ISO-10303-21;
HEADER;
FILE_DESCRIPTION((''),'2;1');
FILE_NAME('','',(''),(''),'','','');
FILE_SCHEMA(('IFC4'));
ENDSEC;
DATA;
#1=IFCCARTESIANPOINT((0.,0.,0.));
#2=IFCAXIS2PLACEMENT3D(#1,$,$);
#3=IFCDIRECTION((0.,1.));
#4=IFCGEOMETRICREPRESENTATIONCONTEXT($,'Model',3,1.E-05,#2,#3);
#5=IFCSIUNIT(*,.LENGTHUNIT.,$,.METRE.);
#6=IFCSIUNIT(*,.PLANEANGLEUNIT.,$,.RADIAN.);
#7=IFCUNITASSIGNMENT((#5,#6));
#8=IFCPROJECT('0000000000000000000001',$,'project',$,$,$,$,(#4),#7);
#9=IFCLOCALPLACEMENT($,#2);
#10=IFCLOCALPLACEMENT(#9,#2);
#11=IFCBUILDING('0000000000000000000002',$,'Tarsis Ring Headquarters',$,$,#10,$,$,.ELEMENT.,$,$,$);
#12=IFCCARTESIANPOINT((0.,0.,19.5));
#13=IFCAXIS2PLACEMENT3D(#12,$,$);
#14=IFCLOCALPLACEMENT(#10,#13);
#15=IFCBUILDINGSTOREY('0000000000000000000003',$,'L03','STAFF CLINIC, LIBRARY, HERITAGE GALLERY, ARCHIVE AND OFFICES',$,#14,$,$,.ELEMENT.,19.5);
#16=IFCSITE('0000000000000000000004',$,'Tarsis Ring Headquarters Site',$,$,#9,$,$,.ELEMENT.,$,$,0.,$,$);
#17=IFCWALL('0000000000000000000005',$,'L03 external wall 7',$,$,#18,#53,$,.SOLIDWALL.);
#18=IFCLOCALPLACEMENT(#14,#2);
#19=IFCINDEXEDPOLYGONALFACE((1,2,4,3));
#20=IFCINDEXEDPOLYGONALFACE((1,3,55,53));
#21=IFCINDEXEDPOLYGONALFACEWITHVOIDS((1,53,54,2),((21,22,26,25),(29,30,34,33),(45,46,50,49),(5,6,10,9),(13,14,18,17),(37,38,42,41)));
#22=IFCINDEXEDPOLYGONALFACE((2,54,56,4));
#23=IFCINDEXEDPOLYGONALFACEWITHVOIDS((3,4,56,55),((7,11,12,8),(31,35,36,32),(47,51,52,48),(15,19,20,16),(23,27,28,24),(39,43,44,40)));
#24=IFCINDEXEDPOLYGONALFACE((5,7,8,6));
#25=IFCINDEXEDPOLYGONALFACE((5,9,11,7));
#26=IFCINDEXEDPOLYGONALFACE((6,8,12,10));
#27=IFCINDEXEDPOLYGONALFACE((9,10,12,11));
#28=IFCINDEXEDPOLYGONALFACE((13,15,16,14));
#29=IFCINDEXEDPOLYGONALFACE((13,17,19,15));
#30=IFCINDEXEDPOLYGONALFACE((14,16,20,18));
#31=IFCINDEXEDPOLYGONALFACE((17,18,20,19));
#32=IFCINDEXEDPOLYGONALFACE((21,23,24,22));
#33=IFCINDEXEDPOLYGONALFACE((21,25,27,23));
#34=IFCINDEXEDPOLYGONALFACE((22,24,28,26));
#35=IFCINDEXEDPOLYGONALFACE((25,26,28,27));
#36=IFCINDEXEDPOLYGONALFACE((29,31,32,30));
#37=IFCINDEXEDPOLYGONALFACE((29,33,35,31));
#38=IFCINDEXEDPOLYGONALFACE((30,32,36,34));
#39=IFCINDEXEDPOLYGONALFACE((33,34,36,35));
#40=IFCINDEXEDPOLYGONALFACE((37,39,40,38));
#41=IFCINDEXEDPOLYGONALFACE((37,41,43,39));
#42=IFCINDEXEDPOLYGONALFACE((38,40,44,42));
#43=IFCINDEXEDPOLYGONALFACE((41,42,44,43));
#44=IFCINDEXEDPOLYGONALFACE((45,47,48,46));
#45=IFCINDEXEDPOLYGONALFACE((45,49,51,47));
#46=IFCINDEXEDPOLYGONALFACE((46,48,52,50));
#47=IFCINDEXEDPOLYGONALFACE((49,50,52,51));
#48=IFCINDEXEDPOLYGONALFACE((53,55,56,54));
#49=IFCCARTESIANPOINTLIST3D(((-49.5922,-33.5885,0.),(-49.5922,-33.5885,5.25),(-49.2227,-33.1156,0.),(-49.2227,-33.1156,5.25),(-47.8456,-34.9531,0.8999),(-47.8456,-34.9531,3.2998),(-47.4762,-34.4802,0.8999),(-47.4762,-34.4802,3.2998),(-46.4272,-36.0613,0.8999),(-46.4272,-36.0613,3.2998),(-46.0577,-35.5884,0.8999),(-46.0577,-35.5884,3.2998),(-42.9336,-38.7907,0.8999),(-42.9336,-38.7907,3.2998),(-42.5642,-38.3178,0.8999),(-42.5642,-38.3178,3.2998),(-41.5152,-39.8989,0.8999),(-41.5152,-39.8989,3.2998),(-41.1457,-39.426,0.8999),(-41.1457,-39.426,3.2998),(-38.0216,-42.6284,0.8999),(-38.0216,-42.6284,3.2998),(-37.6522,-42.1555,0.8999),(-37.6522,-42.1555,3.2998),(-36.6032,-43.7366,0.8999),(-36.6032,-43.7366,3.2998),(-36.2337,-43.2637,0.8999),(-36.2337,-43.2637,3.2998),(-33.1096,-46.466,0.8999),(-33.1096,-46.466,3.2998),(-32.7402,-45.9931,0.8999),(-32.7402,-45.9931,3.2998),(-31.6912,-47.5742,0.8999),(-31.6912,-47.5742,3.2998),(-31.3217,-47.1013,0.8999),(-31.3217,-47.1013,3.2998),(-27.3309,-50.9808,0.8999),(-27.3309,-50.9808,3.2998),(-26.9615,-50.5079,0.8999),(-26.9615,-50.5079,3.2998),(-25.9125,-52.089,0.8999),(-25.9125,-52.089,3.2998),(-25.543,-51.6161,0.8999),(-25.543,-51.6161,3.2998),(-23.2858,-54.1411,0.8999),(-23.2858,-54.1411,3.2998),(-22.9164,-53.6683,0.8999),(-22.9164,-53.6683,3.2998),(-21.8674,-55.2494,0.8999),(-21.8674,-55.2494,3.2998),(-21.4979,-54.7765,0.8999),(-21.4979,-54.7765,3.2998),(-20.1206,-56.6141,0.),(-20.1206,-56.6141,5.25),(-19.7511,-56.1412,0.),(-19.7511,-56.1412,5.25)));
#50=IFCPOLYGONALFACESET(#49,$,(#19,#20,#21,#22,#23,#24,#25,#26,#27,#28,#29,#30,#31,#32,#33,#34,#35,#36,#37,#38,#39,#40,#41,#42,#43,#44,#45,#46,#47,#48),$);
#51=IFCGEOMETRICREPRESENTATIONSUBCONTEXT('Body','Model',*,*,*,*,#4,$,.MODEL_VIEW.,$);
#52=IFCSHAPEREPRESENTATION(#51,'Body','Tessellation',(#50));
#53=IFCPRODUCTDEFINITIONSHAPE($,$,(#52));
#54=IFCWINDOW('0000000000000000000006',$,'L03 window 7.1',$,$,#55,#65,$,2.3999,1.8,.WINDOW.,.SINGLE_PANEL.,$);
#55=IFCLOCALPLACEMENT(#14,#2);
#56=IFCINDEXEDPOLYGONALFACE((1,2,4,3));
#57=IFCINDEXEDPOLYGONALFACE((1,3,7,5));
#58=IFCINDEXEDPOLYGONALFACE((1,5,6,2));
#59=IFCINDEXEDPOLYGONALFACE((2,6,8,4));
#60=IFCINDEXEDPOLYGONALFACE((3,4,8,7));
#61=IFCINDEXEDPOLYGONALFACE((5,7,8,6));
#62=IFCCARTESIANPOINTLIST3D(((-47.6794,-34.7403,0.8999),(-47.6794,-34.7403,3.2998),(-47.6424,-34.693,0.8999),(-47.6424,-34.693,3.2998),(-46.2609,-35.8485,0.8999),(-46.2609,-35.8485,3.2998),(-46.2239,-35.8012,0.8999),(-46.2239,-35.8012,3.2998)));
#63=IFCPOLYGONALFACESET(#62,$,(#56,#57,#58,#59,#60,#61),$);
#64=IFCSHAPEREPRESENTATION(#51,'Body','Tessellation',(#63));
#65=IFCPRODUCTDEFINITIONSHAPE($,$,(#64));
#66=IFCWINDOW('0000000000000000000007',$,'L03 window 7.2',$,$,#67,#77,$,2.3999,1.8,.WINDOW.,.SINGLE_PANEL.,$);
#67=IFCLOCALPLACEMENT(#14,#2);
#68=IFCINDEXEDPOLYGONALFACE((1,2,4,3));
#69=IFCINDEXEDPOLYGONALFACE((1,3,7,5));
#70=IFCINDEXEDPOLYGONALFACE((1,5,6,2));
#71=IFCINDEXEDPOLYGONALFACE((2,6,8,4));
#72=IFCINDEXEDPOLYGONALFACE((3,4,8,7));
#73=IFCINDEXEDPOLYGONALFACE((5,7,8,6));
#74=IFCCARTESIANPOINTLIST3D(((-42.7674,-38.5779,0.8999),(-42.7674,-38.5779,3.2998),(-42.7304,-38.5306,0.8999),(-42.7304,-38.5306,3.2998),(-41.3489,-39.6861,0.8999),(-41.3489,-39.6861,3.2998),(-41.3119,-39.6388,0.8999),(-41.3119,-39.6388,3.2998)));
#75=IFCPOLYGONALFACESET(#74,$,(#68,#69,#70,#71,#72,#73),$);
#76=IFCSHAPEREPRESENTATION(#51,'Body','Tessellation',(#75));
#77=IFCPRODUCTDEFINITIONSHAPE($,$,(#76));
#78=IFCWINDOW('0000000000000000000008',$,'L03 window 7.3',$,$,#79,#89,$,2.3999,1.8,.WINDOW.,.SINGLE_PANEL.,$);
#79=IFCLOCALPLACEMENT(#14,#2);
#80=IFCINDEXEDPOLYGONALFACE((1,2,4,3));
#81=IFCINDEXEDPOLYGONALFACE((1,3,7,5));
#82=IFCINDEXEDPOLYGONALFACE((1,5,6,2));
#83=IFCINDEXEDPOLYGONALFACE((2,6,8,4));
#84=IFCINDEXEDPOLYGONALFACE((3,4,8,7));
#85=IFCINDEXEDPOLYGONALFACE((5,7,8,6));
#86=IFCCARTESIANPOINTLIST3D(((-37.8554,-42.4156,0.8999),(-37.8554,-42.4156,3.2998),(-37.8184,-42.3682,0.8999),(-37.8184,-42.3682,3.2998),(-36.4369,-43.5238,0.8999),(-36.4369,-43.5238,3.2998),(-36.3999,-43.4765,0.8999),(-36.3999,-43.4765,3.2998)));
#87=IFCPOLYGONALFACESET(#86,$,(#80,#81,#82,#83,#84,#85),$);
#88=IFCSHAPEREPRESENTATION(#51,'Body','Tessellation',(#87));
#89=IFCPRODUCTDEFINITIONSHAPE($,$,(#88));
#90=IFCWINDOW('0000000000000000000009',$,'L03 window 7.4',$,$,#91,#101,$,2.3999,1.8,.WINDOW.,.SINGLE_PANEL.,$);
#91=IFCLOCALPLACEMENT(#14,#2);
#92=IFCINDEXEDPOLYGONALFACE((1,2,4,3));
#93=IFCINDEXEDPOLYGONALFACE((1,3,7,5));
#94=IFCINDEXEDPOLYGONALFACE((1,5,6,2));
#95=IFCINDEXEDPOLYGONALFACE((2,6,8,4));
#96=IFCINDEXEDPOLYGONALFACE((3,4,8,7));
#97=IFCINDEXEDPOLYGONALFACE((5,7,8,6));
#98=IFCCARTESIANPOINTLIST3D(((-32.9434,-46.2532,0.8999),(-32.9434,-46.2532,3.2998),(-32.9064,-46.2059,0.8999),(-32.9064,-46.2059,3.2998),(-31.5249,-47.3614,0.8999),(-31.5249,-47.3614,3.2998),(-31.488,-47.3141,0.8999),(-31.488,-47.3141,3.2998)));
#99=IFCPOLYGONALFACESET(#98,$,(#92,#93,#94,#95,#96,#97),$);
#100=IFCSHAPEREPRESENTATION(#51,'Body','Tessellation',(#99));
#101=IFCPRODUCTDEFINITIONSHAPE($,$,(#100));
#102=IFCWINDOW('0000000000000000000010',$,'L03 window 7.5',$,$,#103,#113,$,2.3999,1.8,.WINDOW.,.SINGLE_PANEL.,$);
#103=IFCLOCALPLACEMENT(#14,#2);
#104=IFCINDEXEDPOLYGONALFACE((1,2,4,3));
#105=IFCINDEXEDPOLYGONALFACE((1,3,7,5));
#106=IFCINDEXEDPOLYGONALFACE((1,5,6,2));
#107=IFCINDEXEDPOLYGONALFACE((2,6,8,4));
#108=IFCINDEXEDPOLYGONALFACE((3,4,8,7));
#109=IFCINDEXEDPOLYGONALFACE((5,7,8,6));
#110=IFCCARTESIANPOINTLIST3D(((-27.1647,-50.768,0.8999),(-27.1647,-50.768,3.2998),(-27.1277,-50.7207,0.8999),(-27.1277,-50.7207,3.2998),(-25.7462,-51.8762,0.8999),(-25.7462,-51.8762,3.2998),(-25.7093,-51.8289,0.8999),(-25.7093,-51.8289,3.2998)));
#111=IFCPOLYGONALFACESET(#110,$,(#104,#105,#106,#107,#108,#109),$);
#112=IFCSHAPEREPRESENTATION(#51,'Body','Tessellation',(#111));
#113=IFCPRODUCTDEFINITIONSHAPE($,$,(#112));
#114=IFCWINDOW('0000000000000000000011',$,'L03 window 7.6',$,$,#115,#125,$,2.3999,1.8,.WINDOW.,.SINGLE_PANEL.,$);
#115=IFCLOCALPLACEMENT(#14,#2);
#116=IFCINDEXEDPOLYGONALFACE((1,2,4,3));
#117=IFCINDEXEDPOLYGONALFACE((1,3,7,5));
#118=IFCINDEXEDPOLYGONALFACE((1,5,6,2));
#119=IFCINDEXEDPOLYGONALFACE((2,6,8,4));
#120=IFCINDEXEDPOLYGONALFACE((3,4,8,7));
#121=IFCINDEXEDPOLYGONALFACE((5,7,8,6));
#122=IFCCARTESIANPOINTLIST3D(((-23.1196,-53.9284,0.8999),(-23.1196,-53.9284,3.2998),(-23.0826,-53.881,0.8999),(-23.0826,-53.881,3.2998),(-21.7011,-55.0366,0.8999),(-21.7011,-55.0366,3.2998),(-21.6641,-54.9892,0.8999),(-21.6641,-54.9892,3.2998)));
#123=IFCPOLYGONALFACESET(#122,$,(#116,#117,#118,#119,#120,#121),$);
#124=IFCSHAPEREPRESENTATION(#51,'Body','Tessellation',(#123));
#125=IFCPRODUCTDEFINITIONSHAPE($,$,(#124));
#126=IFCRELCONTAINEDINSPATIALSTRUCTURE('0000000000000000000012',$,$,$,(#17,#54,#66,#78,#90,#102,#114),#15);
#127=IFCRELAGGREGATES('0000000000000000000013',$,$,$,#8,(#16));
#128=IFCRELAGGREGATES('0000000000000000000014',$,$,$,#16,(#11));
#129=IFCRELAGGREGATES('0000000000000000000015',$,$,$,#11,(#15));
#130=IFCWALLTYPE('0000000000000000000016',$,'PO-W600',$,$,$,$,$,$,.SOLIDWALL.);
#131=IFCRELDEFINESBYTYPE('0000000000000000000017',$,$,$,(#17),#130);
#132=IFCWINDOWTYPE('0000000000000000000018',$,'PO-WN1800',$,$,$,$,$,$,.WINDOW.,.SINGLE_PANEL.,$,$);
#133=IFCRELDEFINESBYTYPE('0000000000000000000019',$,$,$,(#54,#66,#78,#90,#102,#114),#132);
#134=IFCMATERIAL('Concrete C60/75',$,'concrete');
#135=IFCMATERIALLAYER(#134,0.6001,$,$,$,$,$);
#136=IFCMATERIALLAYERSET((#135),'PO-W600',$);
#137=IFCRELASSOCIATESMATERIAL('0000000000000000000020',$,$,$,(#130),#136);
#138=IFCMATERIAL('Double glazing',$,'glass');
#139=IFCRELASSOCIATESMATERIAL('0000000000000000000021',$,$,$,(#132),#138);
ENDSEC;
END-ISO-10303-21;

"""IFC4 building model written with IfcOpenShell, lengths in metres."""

from ifc_helpers import new_model, si_unit, direction, frame, frame_2d, origin, place, context, subcontext, project, spatial, rectangle, extrude, material, layer, layer_set, type_object, element, fill, save


model = new_model("IFC4")

# Units and contexts
model_context = context("Model", 3, precision=1e-05, world=origin(), true_north=direction((0.0, 1.0)))
body_context = subcontext(model_context, "Body", "Model", "MODEL_VIEW")
ifc_project = project(units=[si_unit("LENGTHUNIT", "METRE"), si_unit("PLANEANGLEUNIT", "RADIAN")], contexts=[model_context])

# Site, building, storey
site_placement = place(None, origin())
site = spatial("IfcSite", under=ifc_project, at=site_placement, Name="Tarsis Ring Headquarters Site", CompositionType="ELEMENT", RefElevation=0.0)
building_placement = place(site_placement, origin())
building = spatial("IfcBuilding", under=site, at=building_placement, Name="Tarsis Ring Headquarters", CompositionType="ELEMENT")
storey_placement = place(building_placement, frame((0.0, 0.0, 19.5)))
storey = spatial("IfcBuildingStorey", under=building, at=storey_placement, Name="L03", Description="STAFF CLINIC, LIBRARY, HERITAGE GALLERY, ARCHIVE AND OFFICES", CompositionType="ELEMENT", Elevation=19.5)

# Shared definitions
ifc_material_1 = material(Name="Concrete C60/75", Category="concrete")

# Wall, openings, windows
ifc_layer_1 = layer(ifc_material_1, 0.6001)
ifc_layer_set_1 = layer_set([ifc_layer_1], Name="PO-W600")
wall_type_1 = type_object("IfcWallType", Name="PO-W600", PredefinedType="SOLIDWALL", material=ifc_layer_set_1)
wall_1_placement = place(storey_placement, frame((-49.4075, -33.3521, 0.0), z_axis=(0.0, 0.0, 1.0), x_axis=(0.788013, -0.615659, 0.0)))
wall_1 = element("IfcWall", 1, at=wall_1_placement, inside=storey, type_object=wall_type_1, Name="L03 external wall 7", PredefinedType="SOLIDWALL", context=body_context, shape_type="SweptSolid", body=[
    extrude(rectangle(XDim=37.3999, YDim=0.6001, at=frame_2d((18.7, 0.0))), origin(), (0.0, 0.0, 1.0), 5.25),
])
opening_1_placement = place(wall_1_placement, frame((2.2166, 0.0, 0.8999)))
opening_1 = element("IfcOpeningElement", 2, at=opening_1_placement, cuts=wall_1, PredefinedType="OPENING", context=body_context, shape_type="SweptSolid", body=[
    extrude(rectangle(XDim=1.8, YDim=2.3999, at=frame_2d((0.8999, 1.2))), frame((0.0, 0.3101, 0.0), z_axis=(0.0, -1.0, 0.0), x_axis=(1.0, 0.0, 0.0)), (0.0, 0.0, 1.0), 0.6201),
])
opening_2_placement = place(wall_1_placement, frame((8.45, 0.0, 0.8999)))
opening_2 = element("IfcOpeningElement", 3, at=opening_2_placement, cuts=wall_1, PredefinedType="OPENING", context=body_context, shape_type="SweptSolid", body=[
    extrude(rectangle(XDim=1.8, YDim=2.3999, at=frame_2d((0.8999, 1.2))), frame((0.0, 0.3101, 0.0), z_axis=(0.0, -1.0, 0.0), x_axis=(1.0, 0.0, 0.0)), (0.0, 0.0, 1.0), 0.6201),
])
opening_3_placement = place(wall_1_placement, frame((14.6833, 0.0, 0.8999)))
opening_3 = element("IfcOpeningElement", 4, at=opening_3_placement, cuts=wall_1, PredefinedType="OPENING", context=body_context, shape_type="SweptSolid", body=[
    extrude(rectangle(XDim=1.8, YDim=2.3999, at=frame_2d((0.8999, 1.2))), frame((0.0, 0.3101, 0.0), z_axis=(0.0, -1.0, 0.0), x_axis=(1.0, 0.0, 0.0)), (0.0, 0.0, 1.0), 0.6201),
])
opening_4_placement = place(wall_1_placement, frame((20.9167, 0.0, 0.8999)))
opening_4 = element("IfcOpeningElement", 5, at=opening_4_placement, cuts=wall_1, PredefinedType="OPENING", context=body_context, shape_type="SweptSolid", body=[
    extrude(rectangle(XDim=1.8, YDim=2.3999, at=frame_2d((0.8999, 1.2))), frame((0.0, 0.3101, 0.0), z_axis=(0.0, -1.0, 0.0), x_axis=(1.0, 0.0, 0.0)), (0.0, 0.0, 1.0), 0.6201),
])
opening_5_placement = place(wall_1_placement, frame((28.25, 0.0, 0.8999)))
opening_5 = element("IfcOpeningElement", 6, at=opening_5_placement, cuts=wall_1, PredefinedType="OPENING", context=body_context, shape_type="SweptSolid", body=[
    extrude(rectangle(XDim=1.8, YDim=2.3999, at=frame_2d((0.8999, 1.2))), frame((0.0, 0.3101, 0.0), z_axis=(0.0, -1.0, 0.0), x_axis=(1.0, 0.0, 0.0)), (0.0, 0.0, 1.0), 0.6201),
])
opening_6_placement = place(wall_1_placement, frame((33.3833, 0.0, 0.8999)))
opening_6 = element("IfcOpeningElement", 7, at=opening_6_placement, cuts=wall_1, PredefinedType="OPENING", context=body_context, shape_type="SweptSolid", body=[
    extrude(rectangle(XDim=1.8, YDim=2.3999, at=frame_2d((0.8999, 1.2))), frame((0.0, 0.3101, 0.0), z_axis=(0.0, -1.0, 0.0), x_axis=(1.0, 0.0, 0.0)), (0.0, 0.0, 1.0), 0.6201),
])
ifc_material_2 = material(Name="Double glazing", Category="glass")
window_type = type_object("IfcWindowType", Name="PO-WN1800", PartitioningType="SINGLE_PANEL", PredefinedType="WINDOW", material=ifc_material_2)
window_1_placement = place(opening_1_placement, origin())
window_1 = element("IfcWindow", 8, at=window_1_placement, inside=storey, type_object=window_type, Name="L03 window 7.1", OverallHeight=2.3999, OverallWidth=1.8, PartitioningType="SINGLE_PANEL", PredefinedType="WINDOW", context=body_context, shape_type="SweptSolid", body=[
    extrude(rectangle(XDim=1.8, YDim=2.3999, at=frame_2d((0.8999, 1.2))), frame((0.0, 0.03, 0.0), z_axis=(0.0, -1.0, 0.0), x_axis=(1.0, 0.0, 0.0)), (0.0, 0.0, 1.0), 0.0601),
])
fill(opening_1, window_1)
window_2_placement = place(opening_2_placement, origin())
window_2 = element("IfcWindow", 9, at=window_2_placement, inside=storey, type_object=window_type, Name="L03 window 7.2", OverallHeight=2.3999, OverallWidth=1.8, PartitioningType="SINGLE_PANEL", PredefinedType="WINDOW", context=body_context, shape_type="SweptSolid", body=[
    extrude(rectangle(XDim=1.8, YDim=2.3999, at=frame_2d((0.8999, 1.2))), frame((0.0, 0.03, 0.0), z_axis=(0.0, -1.0, 0.0), x_axis=(1.0, 0.0, 0.0)), (0.0, 0.0, 1.0), 0.0601),
])
fill(opening_2, window_2)
window_3_placement = place(opening_3_placement, origin())
window_3 = element("IfcWindow", 10, at=window_3_placement, inside=storey, type_object=window_type, Name="L03 window 7.3", OverallHeight=2.3999, OverallWidth=1.8, PartitioningType="SINGLE_PANEL", PredefinedType="WINDOW", context=body_context, shape_type="SweptSolid", body=[
    extrude(rectangle(XDim=1.8, YDim=2.3999, at=frame_2d((0.8999, 1.2))), frame((0.0, 0.03, 0.0), z_axis=(0.0, -1.0, 0.0), x_axis=(1.0, 0.0, 0.0)), (0.0, 0.0, 1.0), 0.0601),
])
fill(opening_3, window_3)
window_4_placement = place(opening_4_placement, origin())
window_4 = element("IfcWindow", 11, at=window_4_placement, inside=storey, type_object=window_type, Name="L03 window 7.4", OverallHeight=2.3999, OverallWidth=1.8, PartitioningType="SINGLE_PANEL", PredefinedType="WINDOW", context=body_context, shape_type="SweptSolid", body=[
    extrude(rectangle(XDim=1.8, YDim=2.3999, at=frame_2d((0.8999, 1.2))), frame((0.0, 0.03, 0.0), z_axis=(0.0, -1.0, 0.0), x_axis=(1.0, 0.0, 0.0)), (0.0, 0.0, 1.0), 0.0601),
])
fill(opening_4, window_4)
window_5_placement = place(opening_5_placement, origin())
window_5 = element("IfcWindow", 12, at=window_5_placement, inside=storey, type_object=window_type, Name="L03 window 7.5", OverallHeight=2.3999, OverallWidth=1.8, PartitioningType="SINGLE_PANEL", PredefinedType="WINDOW", context=body_context, shape_type="SweptSolid", body=[
    extrude(rectangle(XDim=1.8, YDim=2.3999, at=frame_2d((0.8999, 1.2))), frame((0.0, 0.03, 0.0), z_axis=(0.0, -1.0, 0.0), x_axis=(1.0, 0.0, 0.0)), (0.0, 0.0, 1.0), 0.0601),
])
fill(opening_5, window_5)
window_6_placement = place(opening_6_placement, origin())
window_6 = element("IfcWindow", 13, at=window_6_placement, inside=storey, type_object=window_type, Name="L03 window 7.6", OverallHeight=2.3999, OverallWidth=1.8, PartitioningType="SINGLE_PANEL", PredefinedType="WINDOW", context=body_context, shape_type="SweptSolid", body=[
    extrude(rectangle(XDim=1.8, YDim=2.3999, at=frame_2d((0.8999, 1.2))), frame((0.0, 0.03, 0.0), z_axis=(0.0, -1.0, 0.0), x_axis=(1.0, 0.0, 0.0)), (0.0, 0.0, 1.0), 0.0601),
])
fill(opening_6, window_6)

save(model, "model.ifc")
